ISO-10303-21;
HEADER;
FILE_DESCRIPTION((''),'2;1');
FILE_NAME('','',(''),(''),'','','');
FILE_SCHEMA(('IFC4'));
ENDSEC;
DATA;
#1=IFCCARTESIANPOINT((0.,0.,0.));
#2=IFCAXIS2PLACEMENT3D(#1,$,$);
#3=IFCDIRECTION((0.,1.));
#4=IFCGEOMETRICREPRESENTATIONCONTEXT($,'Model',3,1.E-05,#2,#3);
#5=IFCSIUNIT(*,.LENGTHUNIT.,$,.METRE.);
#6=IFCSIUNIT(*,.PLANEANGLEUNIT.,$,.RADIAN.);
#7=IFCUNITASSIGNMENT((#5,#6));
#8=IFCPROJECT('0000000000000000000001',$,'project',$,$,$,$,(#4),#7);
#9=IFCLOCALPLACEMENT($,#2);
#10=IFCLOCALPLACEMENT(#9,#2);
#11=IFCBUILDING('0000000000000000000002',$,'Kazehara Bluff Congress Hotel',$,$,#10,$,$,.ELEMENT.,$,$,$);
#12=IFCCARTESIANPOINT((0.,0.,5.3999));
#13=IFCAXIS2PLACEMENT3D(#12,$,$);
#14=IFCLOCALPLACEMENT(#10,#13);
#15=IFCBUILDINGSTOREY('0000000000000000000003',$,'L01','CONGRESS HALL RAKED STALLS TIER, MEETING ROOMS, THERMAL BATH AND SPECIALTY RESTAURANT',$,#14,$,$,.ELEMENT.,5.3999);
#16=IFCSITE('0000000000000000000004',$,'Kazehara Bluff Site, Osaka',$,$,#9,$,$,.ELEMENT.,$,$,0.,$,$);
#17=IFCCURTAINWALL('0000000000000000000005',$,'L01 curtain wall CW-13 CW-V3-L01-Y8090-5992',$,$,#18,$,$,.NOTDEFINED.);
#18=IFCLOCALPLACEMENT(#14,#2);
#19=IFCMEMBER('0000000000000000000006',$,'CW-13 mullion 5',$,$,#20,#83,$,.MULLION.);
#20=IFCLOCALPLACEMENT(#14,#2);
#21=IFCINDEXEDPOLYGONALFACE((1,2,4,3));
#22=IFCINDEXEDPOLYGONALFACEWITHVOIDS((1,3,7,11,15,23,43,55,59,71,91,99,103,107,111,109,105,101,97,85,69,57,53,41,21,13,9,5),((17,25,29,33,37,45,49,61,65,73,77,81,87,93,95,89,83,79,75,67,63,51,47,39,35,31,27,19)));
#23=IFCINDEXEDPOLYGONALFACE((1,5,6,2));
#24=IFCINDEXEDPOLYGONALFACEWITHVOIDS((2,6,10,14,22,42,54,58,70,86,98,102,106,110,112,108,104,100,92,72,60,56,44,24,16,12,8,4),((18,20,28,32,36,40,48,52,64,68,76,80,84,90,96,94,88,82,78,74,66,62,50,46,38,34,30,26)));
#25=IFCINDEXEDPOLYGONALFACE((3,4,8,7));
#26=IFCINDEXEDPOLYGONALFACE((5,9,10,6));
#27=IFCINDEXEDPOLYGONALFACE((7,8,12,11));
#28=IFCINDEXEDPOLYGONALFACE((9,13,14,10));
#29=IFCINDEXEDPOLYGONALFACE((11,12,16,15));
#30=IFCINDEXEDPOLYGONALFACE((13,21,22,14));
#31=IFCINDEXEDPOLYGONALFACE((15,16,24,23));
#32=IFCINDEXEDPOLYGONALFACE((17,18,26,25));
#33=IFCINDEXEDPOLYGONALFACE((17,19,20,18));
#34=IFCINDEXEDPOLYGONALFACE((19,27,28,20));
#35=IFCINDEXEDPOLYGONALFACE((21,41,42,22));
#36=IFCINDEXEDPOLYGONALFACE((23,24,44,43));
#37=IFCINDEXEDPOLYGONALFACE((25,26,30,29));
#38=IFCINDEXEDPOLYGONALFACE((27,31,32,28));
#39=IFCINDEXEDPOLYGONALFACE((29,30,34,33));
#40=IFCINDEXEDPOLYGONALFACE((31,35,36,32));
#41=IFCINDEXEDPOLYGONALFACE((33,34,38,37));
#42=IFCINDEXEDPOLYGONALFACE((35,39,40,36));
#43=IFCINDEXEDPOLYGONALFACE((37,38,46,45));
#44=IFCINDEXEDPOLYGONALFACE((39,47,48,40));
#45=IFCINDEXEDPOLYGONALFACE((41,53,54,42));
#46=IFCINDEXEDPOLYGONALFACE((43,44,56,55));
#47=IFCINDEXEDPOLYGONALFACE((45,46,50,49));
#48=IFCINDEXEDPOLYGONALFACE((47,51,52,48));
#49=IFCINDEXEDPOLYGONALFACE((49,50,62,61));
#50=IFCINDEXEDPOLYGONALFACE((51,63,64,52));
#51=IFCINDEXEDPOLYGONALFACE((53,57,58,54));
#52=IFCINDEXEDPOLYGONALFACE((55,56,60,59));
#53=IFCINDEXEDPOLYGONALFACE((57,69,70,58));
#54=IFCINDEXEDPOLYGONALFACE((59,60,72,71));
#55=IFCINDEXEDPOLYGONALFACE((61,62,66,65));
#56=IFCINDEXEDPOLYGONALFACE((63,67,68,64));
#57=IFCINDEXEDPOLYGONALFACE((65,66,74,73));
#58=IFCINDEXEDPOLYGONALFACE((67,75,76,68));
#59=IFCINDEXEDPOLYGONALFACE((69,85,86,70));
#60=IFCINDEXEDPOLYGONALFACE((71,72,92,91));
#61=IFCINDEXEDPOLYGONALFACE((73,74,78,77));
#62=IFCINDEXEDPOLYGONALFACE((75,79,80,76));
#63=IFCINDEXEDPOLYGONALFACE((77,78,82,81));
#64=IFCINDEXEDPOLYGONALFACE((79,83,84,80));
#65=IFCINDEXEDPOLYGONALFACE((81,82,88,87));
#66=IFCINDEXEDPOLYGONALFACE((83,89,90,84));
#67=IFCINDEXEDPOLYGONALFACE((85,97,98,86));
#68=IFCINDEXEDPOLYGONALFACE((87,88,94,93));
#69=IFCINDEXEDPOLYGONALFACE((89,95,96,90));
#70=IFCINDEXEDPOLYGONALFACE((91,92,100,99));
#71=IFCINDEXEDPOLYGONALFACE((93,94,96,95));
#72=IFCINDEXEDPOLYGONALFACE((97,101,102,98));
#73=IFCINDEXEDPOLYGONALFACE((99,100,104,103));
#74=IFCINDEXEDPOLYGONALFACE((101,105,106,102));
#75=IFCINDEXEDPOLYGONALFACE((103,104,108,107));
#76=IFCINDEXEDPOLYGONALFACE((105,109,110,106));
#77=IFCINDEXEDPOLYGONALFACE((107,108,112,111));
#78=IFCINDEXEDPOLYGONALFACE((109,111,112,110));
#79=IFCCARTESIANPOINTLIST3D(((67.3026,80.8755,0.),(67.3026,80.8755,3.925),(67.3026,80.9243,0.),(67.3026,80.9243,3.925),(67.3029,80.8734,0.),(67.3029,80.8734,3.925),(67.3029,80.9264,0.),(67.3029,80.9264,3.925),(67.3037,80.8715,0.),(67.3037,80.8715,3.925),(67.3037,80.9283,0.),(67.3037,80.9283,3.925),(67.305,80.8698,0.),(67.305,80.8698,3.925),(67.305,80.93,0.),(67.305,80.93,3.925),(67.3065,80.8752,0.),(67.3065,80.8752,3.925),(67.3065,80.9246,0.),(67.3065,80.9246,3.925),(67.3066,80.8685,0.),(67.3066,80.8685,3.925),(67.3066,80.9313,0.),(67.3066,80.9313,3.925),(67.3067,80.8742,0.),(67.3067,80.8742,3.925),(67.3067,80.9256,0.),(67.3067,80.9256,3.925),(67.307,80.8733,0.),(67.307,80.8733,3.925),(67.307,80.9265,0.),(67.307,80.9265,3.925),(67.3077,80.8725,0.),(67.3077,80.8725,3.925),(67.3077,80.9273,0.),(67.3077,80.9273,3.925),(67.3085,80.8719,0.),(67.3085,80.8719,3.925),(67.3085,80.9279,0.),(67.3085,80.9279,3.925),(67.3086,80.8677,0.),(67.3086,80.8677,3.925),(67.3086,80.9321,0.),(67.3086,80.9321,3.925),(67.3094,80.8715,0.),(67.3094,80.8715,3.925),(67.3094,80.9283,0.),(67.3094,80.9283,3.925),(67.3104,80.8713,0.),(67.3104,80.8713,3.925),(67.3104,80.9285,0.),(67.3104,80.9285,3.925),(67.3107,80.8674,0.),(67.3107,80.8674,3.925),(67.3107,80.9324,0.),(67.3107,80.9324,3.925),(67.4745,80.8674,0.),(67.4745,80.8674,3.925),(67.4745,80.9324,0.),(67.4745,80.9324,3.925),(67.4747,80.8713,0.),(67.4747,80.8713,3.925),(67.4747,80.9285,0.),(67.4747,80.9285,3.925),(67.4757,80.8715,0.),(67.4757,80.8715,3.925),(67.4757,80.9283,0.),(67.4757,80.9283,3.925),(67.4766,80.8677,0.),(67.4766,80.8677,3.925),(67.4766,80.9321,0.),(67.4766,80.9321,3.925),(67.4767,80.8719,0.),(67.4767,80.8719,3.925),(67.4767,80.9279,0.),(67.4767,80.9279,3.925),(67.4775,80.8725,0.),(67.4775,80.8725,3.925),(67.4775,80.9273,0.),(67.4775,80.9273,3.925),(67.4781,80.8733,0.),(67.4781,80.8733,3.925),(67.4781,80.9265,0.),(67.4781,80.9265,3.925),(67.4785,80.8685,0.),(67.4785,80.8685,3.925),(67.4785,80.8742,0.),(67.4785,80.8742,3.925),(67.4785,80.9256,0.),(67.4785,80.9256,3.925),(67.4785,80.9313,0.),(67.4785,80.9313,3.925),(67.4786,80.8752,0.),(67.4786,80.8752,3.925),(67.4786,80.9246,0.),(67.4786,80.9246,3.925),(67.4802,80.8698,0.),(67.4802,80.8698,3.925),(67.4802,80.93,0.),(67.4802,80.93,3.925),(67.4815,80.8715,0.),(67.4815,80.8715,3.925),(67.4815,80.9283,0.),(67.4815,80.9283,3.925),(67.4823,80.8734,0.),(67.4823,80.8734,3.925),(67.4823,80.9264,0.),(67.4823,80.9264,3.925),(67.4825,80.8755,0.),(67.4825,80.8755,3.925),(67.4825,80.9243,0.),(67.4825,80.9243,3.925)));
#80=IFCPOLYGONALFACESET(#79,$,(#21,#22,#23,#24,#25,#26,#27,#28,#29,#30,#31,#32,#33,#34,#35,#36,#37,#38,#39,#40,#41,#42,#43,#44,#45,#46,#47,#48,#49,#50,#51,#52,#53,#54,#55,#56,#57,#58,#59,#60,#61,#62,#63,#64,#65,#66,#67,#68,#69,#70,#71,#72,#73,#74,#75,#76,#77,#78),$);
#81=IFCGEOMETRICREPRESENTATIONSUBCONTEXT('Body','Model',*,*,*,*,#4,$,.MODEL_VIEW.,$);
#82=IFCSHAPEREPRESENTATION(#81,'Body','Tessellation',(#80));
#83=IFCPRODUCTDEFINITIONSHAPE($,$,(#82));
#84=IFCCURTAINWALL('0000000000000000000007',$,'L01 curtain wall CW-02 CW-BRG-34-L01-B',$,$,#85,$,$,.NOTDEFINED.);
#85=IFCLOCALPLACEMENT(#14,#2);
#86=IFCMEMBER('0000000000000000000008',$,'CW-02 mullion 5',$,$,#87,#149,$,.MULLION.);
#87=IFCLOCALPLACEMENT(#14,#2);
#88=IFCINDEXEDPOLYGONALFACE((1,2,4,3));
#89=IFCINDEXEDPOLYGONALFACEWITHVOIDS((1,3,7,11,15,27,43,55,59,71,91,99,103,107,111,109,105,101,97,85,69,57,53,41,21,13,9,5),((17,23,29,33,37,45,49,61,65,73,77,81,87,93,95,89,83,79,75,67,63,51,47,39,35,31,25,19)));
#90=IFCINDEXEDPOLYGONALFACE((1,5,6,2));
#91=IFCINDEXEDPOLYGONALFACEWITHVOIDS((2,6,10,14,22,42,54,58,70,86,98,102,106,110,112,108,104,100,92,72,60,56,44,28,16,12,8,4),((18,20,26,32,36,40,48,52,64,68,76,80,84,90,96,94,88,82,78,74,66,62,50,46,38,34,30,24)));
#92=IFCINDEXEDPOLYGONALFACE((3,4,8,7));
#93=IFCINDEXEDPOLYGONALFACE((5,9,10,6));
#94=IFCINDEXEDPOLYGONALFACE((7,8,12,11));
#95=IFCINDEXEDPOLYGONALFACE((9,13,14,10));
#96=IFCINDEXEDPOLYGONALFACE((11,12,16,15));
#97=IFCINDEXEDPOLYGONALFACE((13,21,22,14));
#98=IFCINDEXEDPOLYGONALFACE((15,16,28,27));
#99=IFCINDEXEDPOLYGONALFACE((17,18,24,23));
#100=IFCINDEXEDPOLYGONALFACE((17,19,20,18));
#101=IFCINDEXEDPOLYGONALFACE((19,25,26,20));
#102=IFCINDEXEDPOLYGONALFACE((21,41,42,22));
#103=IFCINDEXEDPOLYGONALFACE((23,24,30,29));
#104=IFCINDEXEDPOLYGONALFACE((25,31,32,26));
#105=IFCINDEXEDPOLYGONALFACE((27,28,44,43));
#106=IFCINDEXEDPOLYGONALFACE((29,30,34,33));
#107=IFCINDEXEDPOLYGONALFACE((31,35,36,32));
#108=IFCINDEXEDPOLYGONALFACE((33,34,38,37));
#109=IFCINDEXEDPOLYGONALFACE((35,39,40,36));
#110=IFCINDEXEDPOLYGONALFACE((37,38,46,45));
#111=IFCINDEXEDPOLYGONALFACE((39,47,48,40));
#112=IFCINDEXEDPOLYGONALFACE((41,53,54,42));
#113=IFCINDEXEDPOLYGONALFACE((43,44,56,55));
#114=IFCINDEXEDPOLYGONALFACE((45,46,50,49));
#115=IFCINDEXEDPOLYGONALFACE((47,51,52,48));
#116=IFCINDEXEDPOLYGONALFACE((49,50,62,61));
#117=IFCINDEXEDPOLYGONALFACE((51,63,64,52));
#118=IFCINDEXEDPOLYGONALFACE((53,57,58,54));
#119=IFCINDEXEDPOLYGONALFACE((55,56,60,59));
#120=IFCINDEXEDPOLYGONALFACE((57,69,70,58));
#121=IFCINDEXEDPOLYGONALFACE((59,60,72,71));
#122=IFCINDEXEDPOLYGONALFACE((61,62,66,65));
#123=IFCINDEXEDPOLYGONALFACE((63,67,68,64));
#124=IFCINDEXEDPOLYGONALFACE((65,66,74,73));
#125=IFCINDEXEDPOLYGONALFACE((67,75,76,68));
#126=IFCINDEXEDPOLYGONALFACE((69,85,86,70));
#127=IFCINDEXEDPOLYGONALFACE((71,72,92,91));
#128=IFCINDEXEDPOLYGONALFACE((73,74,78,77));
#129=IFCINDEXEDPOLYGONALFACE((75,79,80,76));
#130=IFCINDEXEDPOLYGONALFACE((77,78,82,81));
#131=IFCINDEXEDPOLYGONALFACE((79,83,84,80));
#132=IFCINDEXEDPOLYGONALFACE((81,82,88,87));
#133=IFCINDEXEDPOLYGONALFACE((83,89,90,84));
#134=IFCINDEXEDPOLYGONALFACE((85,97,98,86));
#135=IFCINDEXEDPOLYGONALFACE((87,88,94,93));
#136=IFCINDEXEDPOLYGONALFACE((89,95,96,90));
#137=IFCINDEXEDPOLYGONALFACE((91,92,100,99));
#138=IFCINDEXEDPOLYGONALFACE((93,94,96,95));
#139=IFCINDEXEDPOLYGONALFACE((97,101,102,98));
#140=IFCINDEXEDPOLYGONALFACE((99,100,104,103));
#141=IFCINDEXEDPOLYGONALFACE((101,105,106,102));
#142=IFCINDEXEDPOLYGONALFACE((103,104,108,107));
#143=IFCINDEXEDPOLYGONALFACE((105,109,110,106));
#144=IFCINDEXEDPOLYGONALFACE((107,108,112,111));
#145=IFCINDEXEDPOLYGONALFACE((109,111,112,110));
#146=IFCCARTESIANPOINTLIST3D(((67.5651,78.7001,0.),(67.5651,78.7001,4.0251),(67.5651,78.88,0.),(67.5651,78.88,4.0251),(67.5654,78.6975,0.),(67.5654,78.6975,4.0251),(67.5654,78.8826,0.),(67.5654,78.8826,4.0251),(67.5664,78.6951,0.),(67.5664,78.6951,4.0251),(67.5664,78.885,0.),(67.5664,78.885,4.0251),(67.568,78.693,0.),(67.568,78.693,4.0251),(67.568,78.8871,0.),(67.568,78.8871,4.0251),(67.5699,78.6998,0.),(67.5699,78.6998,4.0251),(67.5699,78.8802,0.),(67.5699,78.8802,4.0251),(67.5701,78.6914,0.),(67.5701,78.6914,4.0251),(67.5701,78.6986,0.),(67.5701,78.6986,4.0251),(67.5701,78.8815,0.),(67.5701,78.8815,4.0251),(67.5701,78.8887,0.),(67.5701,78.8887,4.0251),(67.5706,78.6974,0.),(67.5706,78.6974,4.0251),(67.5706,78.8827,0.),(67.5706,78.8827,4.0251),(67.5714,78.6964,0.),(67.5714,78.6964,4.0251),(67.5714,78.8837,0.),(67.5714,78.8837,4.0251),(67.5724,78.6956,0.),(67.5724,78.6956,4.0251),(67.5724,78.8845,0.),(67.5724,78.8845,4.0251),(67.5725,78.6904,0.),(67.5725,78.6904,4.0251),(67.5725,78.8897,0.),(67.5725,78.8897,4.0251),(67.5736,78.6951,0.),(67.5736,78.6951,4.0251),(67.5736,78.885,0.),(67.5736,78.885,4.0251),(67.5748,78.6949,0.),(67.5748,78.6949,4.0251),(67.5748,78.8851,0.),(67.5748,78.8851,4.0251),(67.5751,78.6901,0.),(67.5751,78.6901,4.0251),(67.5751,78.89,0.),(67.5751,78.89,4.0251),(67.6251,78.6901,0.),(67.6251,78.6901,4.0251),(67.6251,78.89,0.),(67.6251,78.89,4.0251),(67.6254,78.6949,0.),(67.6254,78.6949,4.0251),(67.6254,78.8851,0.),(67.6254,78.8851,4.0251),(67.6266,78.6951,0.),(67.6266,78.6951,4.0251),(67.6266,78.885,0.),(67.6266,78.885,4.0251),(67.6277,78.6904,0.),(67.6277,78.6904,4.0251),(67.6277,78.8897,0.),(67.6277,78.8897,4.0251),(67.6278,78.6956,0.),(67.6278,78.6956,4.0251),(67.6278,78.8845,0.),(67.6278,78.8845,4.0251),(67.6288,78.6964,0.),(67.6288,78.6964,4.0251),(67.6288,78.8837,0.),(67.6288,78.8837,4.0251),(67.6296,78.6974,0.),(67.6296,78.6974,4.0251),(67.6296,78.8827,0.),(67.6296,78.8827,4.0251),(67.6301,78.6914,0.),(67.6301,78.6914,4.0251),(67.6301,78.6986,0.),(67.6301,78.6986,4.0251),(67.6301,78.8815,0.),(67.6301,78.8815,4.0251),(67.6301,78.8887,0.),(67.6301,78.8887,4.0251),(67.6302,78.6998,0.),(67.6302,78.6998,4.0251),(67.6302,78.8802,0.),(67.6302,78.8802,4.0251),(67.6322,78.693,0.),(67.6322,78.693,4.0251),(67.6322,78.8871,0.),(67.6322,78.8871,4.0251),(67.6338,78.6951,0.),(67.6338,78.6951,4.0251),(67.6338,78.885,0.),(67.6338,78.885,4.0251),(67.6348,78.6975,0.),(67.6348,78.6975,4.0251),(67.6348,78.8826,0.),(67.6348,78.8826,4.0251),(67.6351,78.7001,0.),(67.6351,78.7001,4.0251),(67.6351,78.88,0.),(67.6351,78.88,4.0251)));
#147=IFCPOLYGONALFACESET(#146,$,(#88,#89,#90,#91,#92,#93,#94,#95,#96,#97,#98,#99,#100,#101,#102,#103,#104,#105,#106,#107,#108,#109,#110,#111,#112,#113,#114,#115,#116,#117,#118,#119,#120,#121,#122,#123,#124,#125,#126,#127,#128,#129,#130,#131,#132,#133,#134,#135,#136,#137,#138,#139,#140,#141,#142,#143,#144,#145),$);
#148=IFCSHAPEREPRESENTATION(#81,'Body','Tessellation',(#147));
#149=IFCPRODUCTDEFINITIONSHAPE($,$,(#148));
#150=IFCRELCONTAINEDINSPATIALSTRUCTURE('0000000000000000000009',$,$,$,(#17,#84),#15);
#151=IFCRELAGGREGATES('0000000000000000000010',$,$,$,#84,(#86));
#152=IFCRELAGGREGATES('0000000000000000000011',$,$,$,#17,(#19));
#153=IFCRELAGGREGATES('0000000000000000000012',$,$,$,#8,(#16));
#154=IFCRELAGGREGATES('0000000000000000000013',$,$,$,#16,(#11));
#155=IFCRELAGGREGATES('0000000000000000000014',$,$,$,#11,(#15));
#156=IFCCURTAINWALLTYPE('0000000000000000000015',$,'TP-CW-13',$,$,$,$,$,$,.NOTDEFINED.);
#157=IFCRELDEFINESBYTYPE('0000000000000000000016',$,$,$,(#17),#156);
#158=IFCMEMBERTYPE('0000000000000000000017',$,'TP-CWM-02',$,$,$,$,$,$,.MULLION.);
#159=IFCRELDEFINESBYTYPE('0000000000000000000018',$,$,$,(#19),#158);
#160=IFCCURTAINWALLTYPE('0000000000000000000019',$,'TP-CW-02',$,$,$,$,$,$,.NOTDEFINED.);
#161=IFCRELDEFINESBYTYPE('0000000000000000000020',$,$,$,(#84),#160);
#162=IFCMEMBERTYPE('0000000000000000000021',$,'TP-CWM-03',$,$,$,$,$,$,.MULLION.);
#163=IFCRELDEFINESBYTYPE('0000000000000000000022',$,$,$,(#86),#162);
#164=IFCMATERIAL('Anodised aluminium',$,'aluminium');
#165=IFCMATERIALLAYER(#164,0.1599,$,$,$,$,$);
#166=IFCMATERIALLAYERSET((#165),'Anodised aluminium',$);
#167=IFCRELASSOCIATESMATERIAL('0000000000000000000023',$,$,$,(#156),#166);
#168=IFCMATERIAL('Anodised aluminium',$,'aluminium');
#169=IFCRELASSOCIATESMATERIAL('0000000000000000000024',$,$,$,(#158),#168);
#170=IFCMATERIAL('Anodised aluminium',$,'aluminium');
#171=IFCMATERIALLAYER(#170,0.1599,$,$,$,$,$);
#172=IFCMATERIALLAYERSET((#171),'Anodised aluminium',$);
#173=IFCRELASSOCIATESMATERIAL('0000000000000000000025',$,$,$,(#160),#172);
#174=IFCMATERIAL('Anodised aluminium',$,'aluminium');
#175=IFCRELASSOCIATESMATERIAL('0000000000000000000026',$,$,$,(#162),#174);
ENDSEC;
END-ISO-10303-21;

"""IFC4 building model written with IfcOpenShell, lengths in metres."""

from ifc_helpers import new_model, si_unit, direction, frame, origin, origin_2d, place, context, subcontext, project, spatial, hollow_rectangle, extrude, material, layer, layer_set, material_profile, profile_set, type_object, element, aggregate, save


model = new_model("IFC4")

# Units and contexts
model_context = context("Model", 3, precision=1e-05, world=origin(), true_north=direction((0.0, 1.0)))
body_context = subcontext(model_context, "Body", "Model", "MODEL_VIEW")
ifc_project = project(units=[si_unit("LENGTHUNIT", "METRE"), si_unit("PLANEANGLEUNIT", "RADIAN")], contexts=[model_context])

# Site, building, storey
site_placement = place(None, origin())
site = spatial("IfcSite", under=ifc_project, at=site_placement, Name="Kazehara Bluff Site, Osaka", CompositionType="ELEMENT", RefElevation=0.0)
building_placement = place(site_placement, origin())
building = spatial("IfcBuilding", under=site, at=building_placement, Name="Kazehara Bluff Congress Hotel", CompositionType="ELEMENT")
storey_placement = place(building_placement, frame((0.0, 0.0, 5.3999)))
storey = spatial("IfcBuildingStorey", under=building, at=storey_placement, Name="L01", Description="CONGRESS HALL RAKED STALLS TIER, MEETING ROOMS, THERMAL BATH AND SPECIALTY RESTAURANT", CompositionType="ELEMENT", Elevation=5.3999)

# Curtain walls, members
ifc_material_1 = material(Name="Anodised aluminium", Category="aluminium")
ifc_layer_1 = layer(ifc_material_1, 0.1599)
ifc_layer_set_1 = layer_set([ifc_layer_1], Name="Anodised aluminium")
curtain_wall_type_1 = type_object("IfcCurtainWallType", Name="TP-CW-13", PredefinedType="NOTDEFINED", material=ifc_layer_set_1)
curtain_wall_1_placement = place(storey_placement, origin())
curtain_wall_1 = element("IfcCurtainWall", 1, at=curtain_wall_1_placement, inside=storey, type_object=curtain_wall_type_1, Name="L01 curtain wall CW-13 CW-V3-L01-Y8090-5992", PredefinedType="NOTDEFINED")
ifc_material_2 = material(Name="Anodised aluminium", Category="aluminium")
ifc_material_profile_1 = material_profile(ifc_material_2, hollow_rectangle(XDim=0.0649, YDim=0.1799, WallThickness=0.0039, InnerFilletRadius=0.0039, OuterFilletRadius=0.0081, at=origin_2d()))
ifc_profile_set_1 = profile_set([ifc_material_profile_1], Name="Anodised aluminium")
member_type_1 = type_object("IfcMemberType", Name="TP-CWM-02", PredefinedType="MULLION", material=ifc_profile_set_1)
member_1_placement = place(storey_placement, frame((67.3926, 80.8999, 0.0), z_axis=(0.0, 0.0, 1.0), x_axis=(0.0, 1.0, 0.0)))
member_1 = element("IfcMember", 2, at=member_1_placement, type_object=member_type_1, Name="CW-13 mullion 5", PredefinedType="MULLION", context=body_context, shape_type="SweptSolid", body=[
    extrude(hollow_rectangle(XDim=0.0649, YDim=0.1799, WallThickness=0.0039, InnerFilletRadius=0.0039, OuterFilletRadius=0.0081, at=origin_2d()), origin(), (0.0, 0.0, 1.0), 3.925),
])
ifc_material_3 = material(Name="Anodised aluminium", Category="aluminium")
ifc_layer_2 = layer(ifc_material_3, 0.1599)
ifc_layer_set_2 = layer_set([ifc_layer_2], Name="Anodised aluminium")
curtain_wall_type_2 = type_object("IfcCurtainWallType", Name="TP-CW-02", PredefinedType="NOTDEFINED", material=ifc_layer_set_2)
curtain_wall_2_placement = place(storey_placement, origin())
curtain_wall_2 = element("IfcCurtainWall", 3, at=curtain_wall_2_placement, inside=storey, type_object=curtain_wall_type_2, Name="L01 curtain wall CW-02 CW-BRG-34-L01-B", PredefinedType="NOTDEFINED")
ifc_material_4 = material(Name="Anodised aluminium", Category="aluminium")
ifc_material_profile_2 = material_profile(ifc_material_4, hollow_rectangle(XDim=0.0701, YDim=0.2, WallThickness=0.0049, InnerFilletRadius=0.0049, OuterFilletRadius=0.01, at=origin_2d()))
ifc_profile_set_2 = profile_set([ifc_material_profile_2], Name="Anodised aluminium")
member_type_2 = type_object("IfcMemberType", Name="TP-CWM-03", PredefinedType="MULLION", material=ifc_profile_set_2)
member_2_placement = place(storey_placement, frame((67.6001, 78.79, 0.0), z_axis=(0.0, 0.0, 1.0), x_axis=(-1.0, 0.0, 0.0)))
member_2 = element("IfcMember", 4, at=member_2_placement, type_object=member_type_2, Name="CW-02 mullion 5", PredefinedType="MULLION", context=body_context, shape_type="SweptSolid", body=[
    extrude(hollow_rectangle(XDim=0.0701, YDim=0.2, WallThickness=0.0049, InnerFilletRadius=0.0049, OuterFilletRadius=0.01, at=origin_2d()), origin(), (0.0, 0.0, 1.0), 4.0251),
])

aggregate(curtain_wall_2, [member_2])
aggregate(curtain_wall_1, [member_1])

save(model, "model.ifc")
